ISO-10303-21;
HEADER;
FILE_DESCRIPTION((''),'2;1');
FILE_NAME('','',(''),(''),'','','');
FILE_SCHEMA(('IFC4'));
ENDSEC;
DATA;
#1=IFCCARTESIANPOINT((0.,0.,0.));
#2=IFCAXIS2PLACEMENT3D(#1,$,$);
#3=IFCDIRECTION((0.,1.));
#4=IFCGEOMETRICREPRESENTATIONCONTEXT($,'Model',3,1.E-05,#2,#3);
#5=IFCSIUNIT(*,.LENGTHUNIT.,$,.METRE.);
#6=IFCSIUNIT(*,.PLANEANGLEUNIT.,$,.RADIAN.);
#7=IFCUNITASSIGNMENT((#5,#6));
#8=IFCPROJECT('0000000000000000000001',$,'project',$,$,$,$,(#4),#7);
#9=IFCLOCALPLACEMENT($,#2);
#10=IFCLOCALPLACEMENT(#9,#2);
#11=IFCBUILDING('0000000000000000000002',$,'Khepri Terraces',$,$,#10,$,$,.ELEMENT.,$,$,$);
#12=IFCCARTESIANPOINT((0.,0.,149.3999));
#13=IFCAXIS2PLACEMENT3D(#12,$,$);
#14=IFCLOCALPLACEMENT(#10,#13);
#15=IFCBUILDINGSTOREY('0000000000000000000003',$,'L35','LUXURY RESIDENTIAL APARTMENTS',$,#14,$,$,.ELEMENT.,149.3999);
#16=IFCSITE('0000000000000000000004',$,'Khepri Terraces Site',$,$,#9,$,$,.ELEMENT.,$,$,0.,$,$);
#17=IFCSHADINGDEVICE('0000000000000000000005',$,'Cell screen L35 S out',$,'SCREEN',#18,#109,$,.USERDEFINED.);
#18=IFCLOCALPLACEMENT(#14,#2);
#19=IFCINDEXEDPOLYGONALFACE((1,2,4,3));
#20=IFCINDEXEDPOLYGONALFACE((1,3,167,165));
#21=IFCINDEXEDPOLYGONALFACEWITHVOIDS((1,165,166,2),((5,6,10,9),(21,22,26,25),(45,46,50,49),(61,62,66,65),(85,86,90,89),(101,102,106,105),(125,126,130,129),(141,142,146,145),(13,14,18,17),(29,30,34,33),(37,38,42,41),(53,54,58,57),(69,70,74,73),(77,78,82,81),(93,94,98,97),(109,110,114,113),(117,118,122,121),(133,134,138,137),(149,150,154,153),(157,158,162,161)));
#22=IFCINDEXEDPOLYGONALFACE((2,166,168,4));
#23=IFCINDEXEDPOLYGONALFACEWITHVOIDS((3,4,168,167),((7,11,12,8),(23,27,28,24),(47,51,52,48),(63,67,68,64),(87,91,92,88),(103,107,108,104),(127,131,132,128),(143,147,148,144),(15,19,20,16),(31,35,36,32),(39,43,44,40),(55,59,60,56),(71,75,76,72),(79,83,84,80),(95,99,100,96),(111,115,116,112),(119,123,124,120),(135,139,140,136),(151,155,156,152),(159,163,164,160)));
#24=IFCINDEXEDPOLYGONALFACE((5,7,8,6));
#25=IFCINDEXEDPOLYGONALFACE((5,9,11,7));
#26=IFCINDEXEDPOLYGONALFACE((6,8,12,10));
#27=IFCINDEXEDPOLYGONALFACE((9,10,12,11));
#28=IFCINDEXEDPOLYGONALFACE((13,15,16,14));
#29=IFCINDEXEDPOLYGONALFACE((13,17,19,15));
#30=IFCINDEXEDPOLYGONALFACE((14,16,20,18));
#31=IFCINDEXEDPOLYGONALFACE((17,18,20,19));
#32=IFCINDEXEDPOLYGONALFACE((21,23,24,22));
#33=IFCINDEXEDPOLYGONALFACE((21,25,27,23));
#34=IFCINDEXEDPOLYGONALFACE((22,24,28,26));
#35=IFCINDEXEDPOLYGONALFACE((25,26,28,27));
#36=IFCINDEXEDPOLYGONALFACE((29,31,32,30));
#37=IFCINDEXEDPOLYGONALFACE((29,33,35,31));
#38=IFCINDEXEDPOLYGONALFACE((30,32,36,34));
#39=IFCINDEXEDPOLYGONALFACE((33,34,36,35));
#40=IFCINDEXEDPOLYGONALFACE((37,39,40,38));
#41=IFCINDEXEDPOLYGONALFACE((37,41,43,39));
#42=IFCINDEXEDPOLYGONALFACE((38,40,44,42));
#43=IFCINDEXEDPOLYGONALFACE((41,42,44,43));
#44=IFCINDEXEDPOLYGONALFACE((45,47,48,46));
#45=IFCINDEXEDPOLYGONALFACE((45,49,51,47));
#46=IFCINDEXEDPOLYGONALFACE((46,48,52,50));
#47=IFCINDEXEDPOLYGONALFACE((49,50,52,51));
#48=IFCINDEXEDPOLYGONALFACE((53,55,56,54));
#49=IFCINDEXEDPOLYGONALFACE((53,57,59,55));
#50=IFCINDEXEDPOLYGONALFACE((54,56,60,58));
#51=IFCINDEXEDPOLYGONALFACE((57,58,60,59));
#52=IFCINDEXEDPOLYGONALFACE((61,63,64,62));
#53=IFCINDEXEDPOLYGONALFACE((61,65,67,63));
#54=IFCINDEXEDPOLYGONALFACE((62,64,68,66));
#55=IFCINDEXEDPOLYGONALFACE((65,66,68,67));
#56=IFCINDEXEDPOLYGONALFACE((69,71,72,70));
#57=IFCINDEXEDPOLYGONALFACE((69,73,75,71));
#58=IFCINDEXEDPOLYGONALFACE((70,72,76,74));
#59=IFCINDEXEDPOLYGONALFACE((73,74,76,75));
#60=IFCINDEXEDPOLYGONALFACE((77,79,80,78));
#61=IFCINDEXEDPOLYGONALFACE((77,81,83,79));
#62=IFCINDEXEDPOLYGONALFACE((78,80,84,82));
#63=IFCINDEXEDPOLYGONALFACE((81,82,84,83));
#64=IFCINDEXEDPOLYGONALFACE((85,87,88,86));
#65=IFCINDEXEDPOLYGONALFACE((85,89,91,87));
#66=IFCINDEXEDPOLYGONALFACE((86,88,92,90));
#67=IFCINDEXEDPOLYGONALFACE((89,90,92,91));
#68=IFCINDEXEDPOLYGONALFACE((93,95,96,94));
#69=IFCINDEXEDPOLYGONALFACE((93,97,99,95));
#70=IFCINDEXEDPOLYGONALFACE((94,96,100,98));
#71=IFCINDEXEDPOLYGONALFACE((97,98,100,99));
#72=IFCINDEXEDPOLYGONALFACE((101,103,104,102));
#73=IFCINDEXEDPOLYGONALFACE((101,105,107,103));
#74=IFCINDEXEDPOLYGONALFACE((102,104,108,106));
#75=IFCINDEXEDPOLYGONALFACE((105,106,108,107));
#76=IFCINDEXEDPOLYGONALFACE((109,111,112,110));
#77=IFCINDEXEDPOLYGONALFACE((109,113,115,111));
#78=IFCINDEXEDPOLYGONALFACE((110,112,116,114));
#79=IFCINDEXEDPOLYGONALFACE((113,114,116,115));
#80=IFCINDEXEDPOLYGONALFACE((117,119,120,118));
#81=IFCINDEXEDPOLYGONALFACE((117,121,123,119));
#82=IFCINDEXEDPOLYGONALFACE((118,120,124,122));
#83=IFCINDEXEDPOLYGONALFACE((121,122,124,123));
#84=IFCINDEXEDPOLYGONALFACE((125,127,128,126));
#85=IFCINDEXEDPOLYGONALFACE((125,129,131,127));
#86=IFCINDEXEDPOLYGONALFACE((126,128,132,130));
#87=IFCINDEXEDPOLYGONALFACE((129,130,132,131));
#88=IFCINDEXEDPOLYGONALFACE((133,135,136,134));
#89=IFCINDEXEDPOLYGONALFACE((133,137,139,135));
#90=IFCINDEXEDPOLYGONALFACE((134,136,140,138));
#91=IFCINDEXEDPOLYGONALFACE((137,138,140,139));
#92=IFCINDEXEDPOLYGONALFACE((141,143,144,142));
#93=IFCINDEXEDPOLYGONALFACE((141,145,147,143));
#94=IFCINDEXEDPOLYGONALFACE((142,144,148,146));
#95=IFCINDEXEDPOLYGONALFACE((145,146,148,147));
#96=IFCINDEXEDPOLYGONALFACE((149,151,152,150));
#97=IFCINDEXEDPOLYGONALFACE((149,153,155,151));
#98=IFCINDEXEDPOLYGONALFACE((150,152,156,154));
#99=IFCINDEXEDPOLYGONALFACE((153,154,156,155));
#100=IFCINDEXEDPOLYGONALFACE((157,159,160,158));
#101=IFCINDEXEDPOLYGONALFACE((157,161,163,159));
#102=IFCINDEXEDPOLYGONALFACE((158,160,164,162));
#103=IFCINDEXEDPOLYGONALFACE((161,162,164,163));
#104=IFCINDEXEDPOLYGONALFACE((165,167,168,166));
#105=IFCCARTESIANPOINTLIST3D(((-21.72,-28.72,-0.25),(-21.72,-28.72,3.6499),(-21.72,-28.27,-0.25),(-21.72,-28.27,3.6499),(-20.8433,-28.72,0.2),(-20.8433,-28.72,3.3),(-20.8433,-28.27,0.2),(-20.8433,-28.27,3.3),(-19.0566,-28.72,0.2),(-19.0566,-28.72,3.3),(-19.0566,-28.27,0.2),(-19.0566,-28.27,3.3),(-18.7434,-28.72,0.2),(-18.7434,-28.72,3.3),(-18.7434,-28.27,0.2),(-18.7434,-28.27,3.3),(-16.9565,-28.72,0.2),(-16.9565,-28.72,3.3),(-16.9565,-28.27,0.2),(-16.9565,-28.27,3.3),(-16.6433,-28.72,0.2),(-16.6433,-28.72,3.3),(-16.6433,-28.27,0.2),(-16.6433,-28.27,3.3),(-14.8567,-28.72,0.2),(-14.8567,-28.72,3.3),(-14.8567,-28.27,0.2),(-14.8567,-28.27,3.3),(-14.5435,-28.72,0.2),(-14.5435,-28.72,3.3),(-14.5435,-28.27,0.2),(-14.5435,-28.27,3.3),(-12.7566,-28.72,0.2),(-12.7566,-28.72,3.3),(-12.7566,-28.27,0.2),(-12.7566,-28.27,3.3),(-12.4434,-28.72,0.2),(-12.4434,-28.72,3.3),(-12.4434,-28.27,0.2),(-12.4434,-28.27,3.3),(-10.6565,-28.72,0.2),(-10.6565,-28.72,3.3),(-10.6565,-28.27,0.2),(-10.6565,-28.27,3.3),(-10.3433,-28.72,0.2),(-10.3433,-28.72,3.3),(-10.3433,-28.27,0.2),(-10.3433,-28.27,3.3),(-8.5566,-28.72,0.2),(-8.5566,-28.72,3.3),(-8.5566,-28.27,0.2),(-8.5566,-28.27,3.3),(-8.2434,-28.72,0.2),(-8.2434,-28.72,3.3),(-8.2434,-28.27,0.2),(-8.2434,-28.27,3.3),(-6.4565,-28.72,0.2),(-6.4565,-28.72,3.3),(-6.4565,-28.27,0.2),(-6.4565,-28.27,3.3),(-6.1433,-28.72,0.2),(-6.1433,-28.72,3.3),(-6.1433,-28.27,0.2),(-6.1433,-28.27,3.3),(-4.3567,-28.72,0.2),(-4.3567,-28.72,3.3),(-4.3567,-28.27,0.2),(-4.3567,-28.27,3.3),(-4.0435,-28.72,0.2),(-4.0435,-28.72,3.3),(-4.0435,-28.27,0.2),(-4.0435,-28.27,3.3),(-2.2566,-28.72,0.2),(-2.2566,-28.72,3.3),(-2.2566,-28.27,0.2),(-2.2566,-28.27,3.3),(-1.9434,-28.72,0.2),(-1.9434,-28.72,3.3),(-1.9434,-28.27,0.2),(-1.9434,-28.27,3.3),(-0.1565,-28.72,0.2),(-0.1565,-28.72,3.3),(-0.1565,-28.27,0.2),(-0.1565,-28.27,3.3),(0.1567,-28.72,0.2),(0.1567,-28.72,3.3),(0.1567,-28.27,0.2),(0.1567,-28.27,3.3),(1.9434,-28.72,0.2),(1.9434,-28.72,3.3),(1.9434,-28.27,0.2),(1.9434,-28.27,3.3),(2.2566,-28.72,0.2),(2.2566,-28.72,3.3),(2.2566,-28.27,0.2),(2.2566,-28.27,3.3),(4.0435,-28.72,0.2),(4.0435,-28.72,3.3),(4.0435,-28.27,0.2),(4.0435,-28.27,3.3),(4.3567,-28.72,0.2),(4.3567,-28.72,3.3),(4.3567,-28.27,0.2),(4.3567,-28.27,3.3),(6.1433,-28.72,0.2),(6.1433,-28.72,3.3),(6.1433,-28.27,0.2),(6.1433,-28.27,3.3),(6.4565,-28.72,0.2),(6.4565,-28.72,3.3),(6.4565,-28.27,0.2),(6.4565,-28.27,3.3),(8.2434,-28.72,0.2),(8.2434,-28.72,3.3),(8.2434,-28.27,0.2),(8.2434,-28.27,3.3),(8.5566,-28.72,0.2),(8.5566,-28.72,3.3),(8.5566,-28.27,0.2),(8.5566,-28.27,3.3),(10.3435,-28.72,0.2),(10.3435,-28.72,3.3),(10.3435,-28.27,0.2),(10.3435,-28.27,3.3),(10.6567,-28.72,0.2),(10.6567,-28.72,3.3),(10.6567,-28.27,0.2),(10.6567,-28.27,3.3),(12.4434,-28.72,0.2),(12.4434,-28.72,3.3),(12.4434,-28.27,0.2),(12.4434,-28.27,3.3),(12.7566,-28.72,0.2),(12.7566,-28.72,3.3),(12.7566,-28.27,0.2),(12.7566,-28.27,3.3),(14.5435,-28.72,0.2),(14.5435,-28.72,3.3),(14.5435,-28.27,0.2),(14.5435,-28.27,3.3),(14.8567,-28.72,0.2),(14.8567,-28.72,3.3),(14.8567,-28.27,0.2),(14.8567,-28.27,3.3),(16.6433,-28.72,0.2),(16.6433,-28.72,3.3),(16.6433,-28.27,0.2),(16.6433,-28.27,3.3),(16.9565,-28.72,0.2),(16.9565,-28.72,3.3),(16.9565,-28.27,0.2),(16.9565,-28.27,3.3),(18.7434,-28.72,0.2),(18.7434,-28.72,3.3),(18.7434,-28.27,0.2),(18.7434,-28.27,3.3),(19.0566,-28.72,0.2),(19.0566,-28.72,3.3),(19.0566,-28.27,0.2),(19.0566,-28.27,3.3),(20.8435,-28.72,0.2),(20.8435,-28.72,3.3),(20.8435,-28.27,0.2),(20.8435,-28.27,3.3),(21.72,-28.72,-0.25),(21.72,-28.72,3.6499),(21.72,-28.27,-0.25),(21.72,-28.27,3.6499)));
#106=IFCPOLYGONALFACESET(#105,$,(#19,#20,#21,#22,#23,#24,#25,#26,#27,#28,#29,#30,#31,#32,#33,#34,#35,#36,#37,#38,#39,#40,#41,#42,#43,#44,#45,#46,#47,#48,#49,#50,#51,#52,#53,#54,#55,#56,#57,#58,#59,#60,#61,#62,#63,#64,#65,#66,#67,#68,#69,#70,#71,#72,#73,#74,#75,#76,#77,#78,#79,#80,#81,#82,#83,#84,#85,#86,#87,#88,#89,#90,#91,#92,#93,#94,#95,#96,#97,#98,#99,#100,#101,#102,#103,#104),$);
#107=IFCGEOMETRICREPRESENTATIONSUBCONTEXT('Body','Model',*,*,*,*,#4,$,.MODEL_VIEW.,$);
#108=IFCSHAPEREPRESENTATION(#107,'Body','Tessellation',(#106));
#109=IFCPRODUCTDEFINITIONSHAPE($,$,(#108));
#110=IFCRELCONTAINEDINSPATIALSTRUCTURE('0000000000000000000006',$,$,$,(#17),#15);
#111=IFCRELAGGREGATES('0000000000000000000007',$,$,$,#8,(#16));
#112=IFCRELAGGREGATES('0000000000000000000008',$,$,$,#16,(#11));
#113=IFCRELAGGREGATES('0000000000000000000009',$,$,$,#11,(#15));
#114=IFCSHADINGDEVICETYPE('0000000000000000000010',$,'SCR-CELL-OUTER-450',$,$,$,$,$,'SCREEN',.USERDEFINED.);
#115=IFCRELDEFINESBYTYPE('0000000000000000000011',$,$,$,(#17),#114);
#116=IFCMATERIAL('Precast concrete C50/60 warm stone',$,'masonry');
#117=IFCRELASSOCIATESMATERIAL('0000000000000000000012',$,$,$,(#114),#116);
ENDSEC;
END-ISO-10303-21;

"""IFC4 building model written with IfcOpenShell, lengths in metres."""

from ifc_helpers import new_model, si_unit, direction, frame, origin, place, context, subcontext, project, spatial, polyline, outline, extrude, material, type_object, element, save


model = new_model("IFC4")

# Units and contexts
model_context = context("Model", 3, precision=1e-05, world=origin(), true_north=direction((0.0, 1.0)))
body_context = subcontext(model_context, "Body", "Model", "MODEL_VIEW")
ifc_project = project(units=[si_unit("LENGTHUNIT", "METRE"), si_unit("PLANEANGLEUNIT", "RADIAN")], contexts=[model_context])

# Site, building, storey
site_placement = place(None, origin())
site = spatial("IfcSite", under=ifc_project, at=site_placement, Name="Khepri Terraces Site", CompositionType="ELEMENT", RefElevation=0.0)
building_placement = place(site_placement, origin())
building = spatial("IfcBuilding", under=site, at=building_placement, Name="Khepri Terraces", CompositionType="ELEMENT")
storey_placement = place(building_placement, frame((0.0, 0.0, 149.3999)))
storey = spatial("IfcBuildingStorey", under=building, at=storey_placement, Name="L35", Description="LUXURY RESIDENTIAL APARTMENTS", CompositionType="ELEMENT", Elevation=149.3999)

# Shared definitions
ifc_material_1 = material(Name="Precast concrete C50/60 warm stone", Category="masonry")

# Shading device
shading_device_type_1 = type_object("IfcShadingDeviceType", Name="SCR-CELL-OUTER-450", ElementType="SCREEN", PredefinedType="USERDEFINED", material=ifc_material_1)
shading_device_1_placement = place(storey_placement, frame((-21.72, -28.27, -0.25), z_axis=(0.0, -1.0, 0.0), x_axis=(1.0, 0.0, 0.0)))
element("IfcShadingDevice", 1, at=shading_device_1_placement, inside=storey, type_object=shading_device_type_1, Name="Cell screen L35 S out", ObjectType="SCREEN", PredefinedType="USERDEFINED", context=body_context, shape_type="SweptSolid", body=[
    extrude(outline(polyline([(0.0, 0.0), (43.4399, 0.0), (43.4399, 3.8999), (0.0, 3.8999), (0.0, 0.0)]), holes=[polyline([(0.8767, 0.45), (2.6633, 0.45), (2.6633, 3.55), (0.8767, 3.55), (0.8767, 0.45)]), polyline([(2.9766, 0.45), (4.7634, 0.45), (4.7634, 3.55), (2.9766, 3.55), (2.9766, 0.45)]), polyline([(5.0767, 0.45), (6.8633, 0.45), (6.8633, 3.55), (5.0767, 3.55), (5.0767, 0.45)]), polyline([(7.1765, 0.45), (8.9634, 0.45), (8.9634, 3.55), (7.1765, 3.55), (7.1765, 0.45)]), polyline([(9.2766, 0.45), (11.0635, 0.45), (11.0635, 3.55), (9.2766, 3.55), (9.2766, 0.45)]), polyline([(11.3767, 0.45), (13.1633, 0.45), (13.1633, 3.55), (11.3767, 3.55), (11.3767, 0.45)]), polyline([(13.4766, 0.45), (15.2634, 0.45), (15.2634, 3.55), (13.4766, 3.55), (13.4766, 0.45)]), polyline([(15.5767, 0.45), (17.3633, 0.45), (17.3633, 3.55), (15.5767, 3.55), (15.5767, 0.45)]), polyline([(17.6765, 0.45), (19.4634, 0.45), (19.4634, 3.55), (17.6765, 3.55), (17.6765, 0.45)]), polyline([(19.7766, 0.45), (21.5635, 0.45), (21.5635, 3.55), (19.7766, 3.55), (19.7766, 0.45)]), polyline([(21.8767, 0.45), (23.6633, 0.45), (23.6633, 3.55), (21.8767, 3.55), (21.8767, 0.45)]), polyline([(23.9766, 0.45), (25.7634, 0.45), (25.7634, 3.55), (23.9766, 3.55), (23.9766, 0.45)]), polyline([(26.0767, 0.45), (27.8633, 0.45), (27.8633, 3.55), (26.0767, 3.55), (26.0767, 0.45)]), polyline([(28.1765, 0.45), (29.9634, 0.45), (29.9634, 3.55), (28.1765, 3.55), (28.1765, 0.45)]), polyline([(30.2766, 0.45), (32.0635, 0.45), (32.0635, 3.55), (30.2766, 3.55), (30.2766, 0.45)]), polyline([(32.3767, 0.45), (34.1633, 0.45), (34.1633, 3.55), (32.3767, 3.55), (32.3767, 0.45)]), polyline([(34.4766, 0.45), (36.2634, 0.45), (36.2634, 3.55), (34.4766, 3.55), (34.4766, 0.45)]), polyline([(36.5767, 0.45), (38.3633, 0.45), (38.3633, 3.55), (36.5767, 3.55), (36.5767, 0.45)]), polyline([(38.6765, 0.45), (40.4634, 0.45), (40.4634, 3.55), (38.6765, 3.55), (38.6765, 0.45)]), polyline([(40.7766, 0.45), (42.5635, 0.45), (42.5635, 3.55), (40.7766, 3.55), (40.7766, 0.45)])]), origin(), (0.0, 0.0, 1.0), 0.45),
])

save(model, "model.ifc")
